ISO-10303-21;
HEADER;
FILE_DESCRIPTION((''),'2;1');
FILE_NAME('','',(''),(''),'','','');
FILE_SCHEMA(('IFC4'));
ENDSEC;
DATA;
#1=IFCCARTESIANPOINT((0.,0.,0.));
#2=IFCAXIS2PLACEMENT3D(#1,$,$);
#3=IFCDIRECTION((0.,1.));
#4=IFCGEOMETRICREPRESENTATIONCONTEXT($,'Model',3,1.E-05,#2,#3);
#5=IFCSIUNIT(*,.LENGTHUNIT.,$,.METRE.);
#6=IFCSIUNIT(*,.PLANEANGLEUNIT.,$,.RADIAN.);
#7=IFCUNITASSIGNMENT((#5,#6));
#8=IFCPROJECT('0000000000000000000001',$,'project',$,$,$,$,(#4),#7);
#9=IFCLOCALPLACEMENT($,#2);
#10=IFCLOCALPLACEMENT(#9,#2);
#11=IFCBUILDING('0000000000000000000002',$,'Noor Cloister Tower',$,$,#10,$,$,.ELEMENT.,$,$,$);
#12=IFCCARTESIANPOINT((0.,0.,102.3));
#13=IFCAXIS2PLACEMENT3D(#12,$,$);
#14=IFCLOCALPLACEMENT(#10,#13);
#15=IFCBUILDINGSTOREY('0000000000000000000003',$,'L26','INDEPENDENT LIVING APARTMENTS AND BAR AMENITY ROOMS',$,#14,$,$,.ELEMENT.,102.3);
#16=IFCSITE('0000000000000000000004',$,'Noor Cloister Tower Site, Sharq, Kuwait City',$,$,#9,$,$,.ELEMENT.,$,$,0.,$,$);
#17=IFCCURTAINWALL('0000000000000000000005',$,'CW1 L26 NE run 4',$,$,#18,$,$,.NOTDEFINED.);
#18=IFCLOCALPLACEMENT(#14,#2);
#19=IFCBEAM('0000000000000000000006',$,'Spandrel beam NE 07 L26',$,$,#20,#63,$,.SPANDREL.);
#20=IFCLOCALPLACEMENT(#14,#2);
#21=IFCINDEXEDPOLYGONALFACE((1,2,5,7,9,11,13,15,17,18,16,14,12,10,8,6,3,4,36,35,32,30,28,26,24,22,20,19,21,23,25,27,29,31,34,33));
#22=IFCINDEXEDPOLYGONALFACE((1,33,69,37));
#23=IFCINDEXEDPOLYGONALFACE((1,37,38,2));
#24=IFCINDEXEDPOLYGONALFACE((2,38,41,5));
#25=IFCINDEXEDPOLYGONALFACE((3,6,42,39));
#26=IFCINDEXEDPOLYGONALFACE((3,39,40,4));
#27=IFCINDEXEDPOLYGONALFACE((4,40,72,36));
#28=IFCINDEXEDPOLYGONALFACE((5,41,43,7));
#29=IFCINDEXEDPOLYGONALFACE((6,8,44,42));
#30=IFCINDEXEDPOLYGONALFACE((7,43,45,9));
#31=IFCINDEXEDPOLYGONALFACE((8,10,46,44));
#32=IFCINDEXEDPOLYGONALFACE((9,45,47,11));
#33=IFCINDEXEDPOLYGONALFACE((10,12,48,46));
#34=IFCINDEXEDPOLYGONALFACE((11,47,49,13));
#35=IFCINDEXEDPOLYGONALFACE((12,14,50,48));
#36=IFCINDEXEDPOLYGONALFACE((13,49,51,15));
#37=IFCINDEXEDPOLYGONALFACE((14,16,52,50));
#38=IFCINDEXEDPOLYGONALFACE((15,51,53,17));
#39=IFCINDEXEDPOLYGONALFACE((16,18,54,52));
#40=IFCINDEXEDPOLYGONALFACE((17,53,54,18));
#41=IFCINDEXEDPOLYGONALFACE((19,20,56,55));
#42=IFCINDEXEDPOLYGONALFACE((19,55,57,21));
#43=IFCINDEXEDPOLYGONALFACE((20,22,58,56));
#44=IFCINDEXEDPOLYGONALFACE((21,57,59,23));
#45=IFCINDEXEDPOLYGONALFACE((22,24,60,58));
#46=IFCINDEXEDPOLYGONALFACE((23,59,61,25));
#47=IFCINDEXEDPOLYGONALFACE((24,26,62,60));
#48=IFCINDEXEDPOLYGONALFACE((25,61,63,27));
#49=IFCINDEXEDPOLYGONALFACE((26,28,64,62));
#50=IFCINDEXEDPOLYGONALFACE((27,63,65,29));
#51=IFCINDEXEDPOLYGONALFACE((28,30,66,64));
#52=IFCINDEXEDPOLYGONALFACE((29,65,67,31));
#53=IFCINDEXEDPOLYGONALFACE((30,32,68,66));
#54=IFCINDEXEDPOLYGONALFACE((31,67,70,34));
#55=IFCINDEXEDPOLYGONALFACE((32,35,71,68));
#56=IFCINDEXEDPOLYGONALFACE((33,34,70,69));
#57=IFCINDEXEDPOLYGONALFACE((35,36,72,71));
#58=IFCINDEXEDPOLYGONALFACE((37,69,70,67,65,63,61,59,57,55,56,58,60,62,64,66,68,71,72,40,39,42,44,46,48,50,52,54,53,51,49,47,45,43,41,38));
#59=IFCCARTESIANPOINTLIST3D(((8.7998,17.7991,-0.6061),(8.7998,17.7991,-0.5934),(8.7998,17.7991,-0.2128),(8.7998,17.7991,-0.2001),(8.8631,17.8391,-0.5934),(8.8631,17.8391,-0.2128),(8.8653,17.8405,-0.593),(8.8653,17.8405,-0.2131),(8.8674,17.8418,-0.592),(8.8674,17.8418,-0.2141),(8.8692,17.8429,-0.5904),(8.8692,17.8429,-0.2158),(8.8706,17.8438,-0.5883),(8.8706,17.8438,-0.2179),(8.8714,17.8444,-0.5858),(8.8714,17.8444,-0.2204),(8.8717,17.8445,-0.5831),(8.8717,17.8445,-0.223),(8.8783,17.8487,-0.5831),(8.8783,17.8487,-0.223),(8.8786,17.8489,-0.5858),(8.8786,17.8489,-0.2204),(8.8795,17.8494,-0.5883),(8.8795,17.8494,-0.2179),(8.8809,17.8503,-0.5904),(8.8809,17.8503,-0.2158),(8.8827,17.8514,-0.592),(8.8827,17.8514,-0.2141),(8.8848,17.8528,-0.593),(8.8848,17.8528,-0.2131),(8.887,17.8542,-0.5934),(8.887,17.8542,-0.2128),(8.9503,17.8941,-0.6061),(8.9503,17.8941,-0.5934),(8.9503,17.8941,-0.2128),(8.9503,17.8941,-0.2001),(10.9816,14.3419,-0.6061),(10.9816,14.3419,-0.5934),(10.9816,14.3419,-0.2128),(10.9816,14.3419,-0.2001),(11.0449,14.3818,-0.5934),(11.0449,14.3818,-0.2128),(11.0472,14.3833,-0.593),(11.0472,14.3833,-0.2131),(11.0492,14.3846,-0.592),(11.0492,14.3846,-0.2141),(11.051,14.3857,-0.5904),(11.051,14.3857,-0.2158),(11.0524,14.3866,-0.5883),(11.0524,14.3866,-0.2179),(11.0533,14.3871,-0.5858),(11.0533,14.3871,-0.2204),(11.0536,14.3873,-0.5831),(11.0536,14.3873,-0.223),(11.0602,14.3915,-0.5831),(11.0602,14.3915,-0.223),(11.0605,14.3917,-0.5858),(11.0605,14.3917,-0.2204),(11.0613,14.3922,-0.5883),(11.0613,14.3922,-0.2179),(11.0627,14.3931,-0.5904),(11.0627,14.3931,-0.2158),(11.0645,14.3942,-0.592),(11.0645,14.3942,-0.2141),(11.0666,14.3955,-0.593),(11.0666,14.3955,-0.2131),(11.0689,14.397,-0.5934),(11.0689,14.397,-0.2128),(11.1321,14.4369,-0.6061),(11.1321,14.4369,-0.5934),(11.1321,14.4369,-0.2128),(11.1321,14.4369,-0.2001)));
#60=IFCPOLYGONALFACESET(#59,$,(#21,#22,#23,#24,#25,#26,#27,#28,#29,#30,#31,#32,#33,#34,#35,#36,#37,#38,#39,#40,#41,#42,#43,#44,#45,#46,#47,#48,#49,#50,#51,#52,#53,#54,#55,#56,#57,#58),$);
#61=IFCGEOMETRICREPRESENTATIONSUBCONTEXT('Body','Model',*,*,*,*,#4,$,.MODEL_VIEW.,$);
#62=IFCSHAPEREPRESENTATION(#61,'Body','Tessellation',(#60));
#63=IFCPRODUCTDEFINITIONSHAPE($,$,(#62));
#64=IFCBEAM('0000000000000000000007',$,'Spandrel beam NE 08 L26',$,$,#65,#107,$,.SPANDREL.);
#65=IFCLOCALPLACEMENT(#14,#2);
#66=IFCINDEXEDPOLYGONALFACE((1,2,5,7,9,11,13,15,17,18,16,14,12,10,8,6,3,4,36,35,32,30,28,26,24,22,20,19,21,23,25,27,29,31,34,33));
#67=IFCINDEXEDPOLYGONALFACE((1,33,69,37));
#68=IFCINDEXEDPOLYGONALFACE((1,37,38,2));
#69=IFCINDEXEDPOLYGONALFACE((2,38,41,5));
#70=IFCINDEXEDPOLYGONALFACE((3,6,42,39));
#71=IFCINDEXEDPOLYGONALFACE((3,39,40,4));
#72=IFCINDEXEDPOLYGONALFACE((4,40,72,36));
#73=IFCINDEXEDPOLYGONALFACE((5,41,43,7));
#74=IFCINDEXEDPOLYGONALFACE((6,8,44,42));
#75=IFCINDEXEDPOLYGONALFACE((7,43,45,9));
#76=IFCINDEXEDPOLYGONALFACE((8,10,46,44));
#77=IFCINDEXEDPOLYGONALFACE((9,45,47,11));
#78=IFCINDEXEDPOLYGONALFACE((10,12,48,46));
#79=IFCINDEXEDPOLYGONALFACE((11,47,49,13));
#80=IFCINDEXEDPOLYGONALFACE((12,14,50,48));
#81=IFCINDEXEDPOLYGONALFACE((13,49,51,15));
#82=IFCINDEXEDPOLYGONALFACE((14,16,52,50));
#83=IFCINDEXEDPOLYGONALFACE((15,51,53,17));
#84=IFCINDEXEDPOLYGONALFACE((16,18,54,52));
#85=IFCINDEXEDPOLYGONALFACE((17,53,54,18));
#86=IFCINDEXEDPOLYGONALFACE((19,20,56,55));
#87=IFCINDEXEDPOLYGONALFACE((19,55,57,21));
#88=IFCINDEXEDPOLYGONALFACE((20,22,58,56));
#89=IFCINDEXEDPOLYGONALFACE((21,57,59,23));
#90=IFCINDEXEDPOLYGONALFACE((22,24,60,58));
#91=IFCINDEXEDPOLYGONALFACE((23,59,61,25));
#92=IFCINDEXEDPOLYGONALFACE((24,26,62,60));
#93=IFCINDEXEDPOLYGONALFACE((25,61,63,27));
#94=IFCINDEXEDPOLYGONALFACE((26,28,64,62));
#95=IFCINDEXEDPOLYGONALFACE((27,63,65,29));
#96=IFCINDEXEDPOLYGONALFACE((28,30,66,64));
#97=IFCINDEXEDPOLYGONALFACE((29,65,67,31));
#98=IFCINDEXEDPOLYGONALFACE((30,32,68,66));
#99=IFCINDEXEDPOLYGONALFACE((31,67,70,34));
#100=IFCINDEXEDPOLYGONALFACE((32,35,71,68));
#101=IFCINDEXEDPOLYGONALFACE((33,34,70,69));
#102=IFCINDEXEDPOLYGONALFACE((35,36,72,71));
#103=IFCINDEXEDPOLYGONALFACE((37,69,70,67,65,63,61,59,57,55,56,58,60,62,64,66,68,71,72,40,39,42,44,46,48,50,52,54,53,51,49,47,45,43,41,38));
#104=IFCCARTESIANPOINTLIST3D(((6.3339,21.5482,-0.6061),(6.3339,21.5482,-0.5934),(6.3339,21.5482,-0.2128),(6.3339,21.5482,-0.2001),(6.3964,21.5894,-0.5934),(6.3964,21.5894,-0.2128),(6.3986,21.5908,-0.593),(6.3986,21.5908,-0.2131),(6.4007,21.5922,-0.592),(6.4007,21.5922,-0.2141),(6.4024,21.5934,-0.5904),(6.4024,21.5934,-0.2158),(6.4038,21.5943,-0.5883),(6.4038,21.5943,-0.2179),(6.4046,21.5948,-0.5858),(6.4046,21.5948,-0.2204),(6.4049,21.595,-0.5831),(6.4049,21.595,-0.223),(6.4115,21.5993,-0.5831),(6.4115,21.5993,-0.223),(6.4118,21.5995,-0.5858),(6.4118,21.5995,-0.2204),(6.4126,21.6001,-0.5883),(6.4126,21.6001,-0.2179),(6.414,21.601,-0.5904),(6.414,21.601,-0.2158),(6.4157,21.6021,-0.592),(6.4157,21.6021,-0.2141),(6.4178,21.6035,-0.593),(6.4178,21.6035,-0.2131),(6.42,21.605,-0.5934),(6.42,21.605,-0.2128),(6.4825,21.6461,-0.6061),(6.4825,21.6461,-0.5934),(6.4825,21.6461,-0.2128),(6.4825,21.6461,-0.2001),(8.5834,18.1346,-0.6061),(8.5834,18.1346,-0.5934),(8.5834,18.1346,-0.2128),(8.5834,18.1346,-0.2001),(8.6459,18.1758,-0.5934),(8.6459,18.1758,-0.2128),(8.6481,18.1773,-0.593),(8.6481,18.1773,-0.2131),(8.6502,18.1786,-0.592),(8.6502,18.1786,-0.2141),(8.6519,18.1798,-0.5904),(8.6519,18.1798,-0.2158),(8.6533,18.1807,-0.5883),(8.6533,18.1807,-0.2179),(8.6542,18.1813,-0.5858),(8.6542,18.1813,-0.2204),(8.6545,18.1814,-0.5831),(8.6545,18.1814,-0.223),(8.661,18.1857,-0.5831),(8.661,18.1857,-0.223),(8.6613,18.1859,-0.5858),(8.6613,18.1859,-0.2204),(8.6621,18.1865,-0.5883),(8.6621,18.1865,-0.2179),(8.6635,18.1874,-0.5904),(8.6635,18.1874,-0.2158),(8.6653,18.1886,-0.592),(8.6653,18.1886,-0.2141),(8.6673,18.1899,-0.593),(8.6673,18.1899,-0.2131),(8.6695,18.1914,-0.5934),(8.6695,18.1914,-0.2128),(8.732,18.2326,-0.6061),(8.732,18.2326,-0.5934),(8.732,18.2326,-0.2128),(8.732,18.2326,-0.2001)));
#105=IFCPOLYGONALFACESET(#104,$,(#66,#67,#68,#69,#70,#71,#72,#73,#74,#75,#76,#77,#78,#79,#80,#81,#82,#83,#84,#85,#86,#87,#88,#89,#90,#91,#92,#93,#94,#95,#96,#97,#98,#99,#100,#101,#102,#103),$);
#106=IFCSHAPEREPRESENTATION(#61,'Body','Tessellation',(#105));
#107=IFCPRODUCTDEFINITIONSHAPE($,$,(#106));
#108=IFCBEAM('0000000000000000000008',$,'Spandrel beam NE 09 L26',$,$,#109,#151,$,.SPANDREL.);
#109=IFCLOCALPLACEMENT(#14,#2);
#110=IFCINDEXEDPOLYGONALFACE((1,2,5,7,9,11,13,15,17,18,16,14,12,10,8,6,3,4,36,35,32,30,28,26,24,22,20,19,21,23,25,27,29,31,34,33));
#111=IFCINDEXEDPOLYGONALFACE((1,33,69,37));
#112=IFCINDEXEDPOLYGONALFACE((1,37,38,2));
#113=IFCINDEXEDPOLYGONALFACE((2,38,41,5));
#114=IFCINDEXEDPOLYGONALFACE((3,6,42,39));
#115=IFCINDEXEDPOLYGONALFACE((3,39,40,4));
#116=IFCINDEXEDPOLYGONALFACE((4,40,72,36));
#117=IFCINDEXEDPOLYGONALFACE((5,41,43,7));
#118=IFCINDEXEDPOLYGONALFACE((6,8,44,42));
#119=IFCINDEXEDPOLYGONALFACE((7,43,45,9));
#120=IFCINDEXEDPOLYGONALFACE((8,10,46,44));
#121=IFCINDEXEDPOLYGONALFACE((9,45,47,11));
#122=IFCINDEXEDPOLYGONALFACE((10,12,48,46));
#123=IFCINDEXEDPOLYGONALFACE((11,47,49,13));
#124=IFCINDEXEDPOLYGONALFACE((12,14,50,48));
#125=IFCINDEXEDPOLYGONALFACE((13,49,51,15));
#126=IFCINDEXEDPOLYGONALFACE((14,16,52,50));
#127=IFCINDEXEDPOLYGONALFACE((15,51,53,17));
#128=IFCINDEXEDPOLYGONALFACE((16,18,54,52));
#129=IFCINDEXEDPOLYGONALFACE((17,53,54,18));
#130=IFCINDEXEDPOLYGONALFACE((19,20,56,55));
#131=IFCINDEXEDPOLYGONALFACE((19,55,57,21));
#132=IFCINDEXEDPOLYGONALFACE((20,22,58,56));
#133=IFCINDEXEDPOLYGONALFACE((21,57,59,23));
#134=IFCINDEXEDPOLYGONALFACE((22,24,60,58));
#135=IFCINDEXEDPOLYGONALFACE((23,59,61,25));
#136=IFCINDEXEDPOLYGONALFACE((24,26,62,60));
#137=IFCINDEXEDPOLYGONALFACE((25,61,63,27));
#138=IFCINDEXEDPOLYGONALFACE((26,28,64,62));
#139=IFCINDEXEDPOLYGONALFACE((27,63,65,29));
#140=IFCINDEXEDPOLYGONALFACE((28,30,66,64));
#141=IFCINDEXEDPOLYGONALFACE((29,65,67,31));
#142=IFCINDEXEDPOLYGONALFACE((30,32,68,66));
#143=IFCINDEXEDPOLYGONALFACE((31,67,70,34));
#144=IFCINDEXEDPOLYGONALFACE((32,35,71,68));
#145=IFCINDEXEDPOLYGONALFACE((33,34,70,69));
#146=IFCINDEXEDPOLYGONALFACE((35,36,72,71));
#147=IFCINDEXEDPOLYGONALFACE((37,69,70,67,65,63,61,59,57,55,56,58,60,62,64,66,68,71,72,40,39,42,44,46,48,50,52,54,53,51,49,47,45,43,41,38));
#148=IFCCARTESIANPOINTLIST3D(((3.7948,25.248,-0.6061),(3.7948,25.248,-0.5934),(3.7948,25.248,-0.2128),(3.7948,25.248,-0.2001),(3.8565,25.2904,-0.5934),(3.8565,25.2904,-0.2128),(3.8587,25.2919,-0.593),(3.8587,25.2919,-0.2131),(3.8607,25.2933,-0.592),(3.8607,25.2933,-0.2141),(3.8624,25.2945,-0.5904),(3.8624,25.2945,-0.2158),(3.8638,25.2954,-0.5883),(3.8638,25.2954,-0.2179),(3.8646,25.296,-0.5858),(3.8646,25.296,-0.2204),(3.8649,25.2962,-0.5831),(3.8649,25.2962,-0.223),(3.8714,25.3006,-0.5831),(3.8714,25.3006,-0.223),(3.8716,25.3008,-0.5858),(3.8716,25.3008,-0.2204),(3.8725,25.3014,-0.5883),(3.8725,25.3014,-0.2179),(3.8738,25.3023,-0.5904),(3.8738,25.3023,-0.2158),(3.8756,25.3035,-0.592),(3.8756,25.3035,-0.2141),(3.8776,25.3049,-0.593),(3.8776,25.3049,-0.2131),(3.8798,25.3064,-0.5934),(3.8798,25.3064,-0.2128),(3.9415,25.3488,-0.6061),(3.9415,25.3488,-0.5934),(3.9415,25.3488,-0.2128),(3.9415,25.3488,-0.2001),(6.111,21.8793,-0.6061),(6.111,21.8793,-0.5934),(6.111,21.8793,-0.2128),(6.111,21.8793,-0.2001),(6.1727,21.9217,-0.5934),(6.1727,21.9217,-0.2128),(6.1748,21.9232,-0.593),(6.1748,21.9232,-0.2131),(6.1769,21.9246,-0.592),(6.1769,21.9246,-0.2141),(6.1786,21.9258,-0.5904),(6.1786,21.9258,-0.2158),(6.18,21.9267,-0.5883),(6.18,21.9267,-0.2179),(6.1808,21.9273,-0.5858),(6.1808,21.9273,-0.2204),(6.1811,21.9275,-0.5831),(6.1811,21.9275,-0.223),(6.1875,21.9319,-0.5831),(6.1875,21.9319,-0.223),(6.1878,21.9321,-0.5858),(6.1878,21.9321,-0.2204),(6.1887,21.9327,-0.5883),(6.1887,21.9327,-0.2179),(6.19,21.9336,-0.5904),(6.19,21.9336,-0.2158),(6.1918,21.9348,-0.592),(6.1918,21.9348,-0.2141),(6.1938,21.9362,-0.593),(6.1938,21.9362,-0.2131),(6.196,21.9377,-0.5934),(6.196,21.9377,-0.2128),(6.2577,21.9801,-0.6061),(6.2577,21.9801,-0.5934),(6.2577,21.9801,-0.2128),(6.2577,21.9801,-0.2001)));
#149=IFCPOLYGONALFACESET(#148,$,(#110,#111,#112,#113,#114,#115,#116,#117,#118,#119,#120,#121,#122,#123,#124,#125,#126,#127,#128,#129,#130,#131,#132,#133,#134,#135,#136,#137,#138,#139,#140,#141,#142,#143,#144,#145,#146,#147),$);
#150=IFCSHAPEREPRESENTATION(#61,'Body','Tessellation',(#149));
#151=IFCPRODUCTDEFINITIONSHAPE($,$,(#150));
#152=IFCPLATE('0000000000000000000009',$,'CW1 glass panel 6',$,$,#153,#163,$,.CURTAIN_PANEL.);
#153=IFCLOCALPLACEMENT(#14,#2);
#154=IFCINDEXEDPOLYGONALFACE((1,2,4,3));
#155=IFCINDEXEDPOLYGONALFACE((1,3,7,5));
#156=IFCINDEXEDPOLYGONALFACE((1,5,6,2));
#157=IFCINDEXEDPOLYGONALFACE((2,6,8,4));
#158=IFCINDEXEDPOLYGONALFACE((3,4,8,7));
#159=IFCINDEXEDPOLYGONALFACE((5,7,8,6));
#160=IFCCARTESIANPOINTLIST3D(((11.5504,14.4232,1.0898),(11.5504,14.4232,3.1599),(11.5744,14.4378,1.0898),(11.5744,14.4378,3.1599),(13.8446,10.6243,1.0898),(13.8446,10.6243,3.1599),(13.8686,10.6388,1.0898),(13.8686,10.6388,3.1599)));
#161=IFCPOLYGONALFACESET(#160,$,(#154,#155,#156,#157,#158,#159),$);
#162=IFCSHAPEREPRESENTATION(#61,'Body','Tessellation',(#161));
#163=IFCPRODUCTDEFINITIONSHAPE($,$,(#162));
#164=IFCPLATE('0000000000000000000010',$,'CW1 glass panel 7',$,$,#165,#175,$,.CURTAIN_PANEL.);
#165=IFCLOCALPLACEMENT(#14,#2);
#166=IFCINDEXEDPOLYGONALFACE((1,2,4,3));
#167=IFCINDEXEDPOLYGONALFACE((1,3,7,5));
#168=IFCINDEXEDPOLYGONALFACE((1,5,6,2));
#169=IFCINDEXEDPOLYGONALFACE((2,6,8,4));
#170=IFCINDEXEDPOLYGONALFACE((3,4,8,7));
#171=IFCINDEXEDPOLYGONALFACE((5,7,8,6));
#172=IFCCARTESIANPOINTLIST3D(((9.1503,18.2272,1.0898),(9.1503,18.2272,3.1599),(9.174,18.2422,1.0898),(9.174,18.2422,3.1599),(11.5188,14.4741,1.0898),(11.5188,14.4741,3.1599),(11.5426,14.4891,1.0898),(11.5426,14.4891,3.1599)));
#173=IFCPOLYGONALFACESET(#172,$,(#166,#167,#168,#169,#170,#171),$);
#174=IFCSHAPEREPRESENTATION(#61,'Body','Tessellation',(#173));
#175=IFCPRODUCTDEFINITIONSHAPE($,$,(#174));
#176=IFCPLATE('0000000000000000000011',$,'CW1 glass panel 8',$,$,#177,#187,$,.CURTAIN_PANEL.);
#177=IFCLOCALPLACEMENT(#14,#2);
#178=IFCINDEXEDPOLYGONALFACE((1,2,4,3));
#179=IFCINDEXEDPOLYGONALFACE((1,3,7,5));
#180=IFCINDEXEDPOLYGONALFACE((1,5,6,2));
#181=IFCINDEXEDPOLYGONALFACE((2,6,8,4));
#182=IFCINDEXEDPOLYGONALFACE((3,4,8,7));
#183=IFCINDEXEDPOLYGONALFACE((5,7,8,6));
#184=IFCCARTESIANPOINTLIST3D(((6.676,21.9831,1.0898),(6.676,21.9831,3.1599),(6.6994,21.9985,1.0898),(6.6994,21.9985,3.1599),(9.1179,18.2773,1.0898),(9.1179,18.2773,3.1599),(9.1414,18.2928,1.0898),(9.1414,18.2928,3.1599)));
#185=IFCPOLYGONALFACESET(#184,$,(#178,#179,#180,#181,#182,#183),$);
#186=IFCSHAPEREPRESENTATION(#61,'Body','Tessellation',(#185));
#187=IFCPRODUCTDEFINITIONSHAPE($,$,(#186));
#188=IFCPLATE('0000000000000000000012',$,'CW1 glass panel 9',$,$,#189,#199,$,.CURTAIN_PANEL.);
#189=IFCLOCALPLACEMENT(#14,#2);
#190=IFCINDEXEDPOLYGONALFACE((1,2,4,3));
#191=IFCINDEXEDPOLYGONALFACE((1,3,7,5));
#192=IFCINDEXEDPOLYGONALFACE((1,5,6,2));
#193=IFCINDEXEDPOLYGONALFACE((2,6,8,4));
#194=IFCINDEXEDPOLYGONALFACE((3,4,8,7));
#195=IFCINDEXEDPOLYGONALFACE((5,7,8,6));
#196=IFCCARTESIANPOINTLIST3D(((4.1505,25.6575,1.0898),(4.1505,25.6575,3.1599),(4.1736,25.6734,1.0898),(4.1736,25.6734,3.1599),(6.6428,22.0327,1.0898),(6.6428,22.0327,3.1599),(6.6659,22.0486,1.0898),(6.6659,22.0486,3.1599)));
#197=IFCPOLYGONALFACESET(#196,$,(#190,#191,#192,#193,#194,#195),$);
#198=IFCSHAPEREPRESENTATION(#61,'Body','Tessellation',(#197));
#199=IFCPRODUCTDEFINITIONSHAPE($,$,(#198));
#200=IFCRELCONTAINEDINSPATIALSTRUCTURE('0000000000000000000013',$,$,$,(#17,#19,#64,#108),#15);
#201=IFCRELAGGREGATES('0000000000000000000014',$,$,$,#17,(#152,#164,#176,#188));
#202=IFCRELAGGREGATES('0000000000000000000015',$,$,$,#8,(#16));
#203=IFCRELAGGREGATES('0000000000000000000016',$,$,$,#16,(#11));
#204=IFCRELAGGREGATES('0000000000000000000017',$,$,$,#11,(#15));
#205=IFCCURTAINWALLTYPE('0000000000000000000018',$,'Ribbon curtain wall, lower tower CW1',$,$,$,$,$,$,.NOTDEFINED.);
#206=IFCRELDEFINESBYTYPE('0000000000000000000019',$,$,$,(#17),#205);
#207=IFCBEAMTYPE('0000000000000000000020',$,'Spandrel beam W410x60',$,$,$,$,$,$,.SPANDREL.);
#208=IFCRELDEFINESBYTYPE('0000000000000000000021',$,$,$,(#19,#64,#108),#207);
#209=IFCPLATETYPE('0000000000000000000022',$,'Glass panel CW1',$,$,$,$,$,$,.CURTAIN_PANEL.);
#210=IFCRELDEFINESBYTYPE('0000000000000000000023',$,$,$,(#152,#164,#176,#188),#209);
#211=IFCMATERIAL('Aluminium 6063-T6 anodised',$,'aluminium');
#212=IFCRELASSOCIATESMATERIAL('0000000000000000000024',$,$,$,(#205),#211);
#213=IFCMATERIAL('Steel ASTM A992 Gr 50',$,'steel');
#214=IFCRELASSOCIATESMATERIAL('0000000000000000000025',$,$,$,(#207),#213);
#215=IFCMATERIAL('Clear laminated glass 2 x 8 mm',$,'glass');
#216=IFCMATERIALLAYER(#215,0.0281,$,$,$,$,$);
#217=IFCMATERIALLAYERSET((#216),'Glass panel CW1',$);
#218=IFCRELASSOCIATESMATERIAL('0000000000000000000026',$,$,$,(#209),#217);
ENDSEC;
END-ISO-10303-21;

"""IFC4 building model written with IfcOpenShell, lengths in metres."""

from ifc_helpers import new_model, si_unit, direction, frame, origin, origin_2d, place, context, subcontext, project, spatial, rectangle, i_section, extrude, material, layer, layer_set, material_profile, profile_set, type_object, element, aggregate, save


model = new_model("IFC4")

# Units and contexts
model_context = context("Model", 3, precision=1e-05, world=origin(), true_north=direction((0.0, 1.0)))
body_context = subcontext(model_context, "Body", "Model", "MODEL_VIEW")
ifc_project = project(units=[si_unit("LENGTHUNIT", "METRE"), si_unit("PLANEANGLEUNIT", "RADIAN")], contexts=[model_context])

# Site, building, storey
site_placement = place(None, origin())
site = spatial("IfcSite", under=ifc_project, at=site_placement, Name="Noor Cloister Tower Site, Sharq, Kuwait City", CompositionType="ELEMENT", RefElevation=0.0)
building_placement = place(site_placement, origin())
building = spatial("IfcBuilding", under=site, at=building_placement, Name="Noor Cloister Tower", CompositionType="ELEMENT")
storey_placement = place(building_placement, frame((0.0, 0.0, 102.3)))
storey = spatial("IfcBuildingStorey", under=building, at=storey_placement, Name="L26", Description="INDEPENDENT LIVING APARTMENTS AND BAR AMENITY ROOMS", CompositionType="ELEMENT", Elevation=102.3)

# Curtain wall
ifc_material_1 = material(Name="Aluminium 6063-T6 anodised", Category="aluminium")
curtain_wall_type = type_object("IfcCurtainWallType", Name="Ribbon curtain wall, lower tower CW1", PredefinedType="NOTDEFINED", material=ifc_material_1)
curtain_wall_placement = place(storey_placement, origin())
curtain_wall = element("IfcCurtainWall", 1, at=curtain_wall_placement, inside=storey, type_object=curtain_wall_type, Name="CW1 L26 NE run 4", PredefinedType="NOTDEFINED")

# Beams
ifc_material_2 = material(Name="Steel ASTM A992 Gr 50", Category="steel")
ifc_material_profile_1 = material_profile(ifc_material_2, i_section(OverallWidth=0.178, OverallDepth=0.406, WebThickness=0.0078, FlangeThickness=0.0127, FilletRadius=0.0103, at=origin_2d()), Name="W410x60")
ifc_profile_set_1 = profile_set([ifc_material_profile_1], Name="Steel ASTM A992 Gr 50")
beam_type_1 = type_object("IfcBeamType", Name="Spandrel beam W410x60", PredefinedType="SPANDREL", material=ifc_profile_set_1)
for number, where, z_axis, x_axis, name in (
    (2, (11.0569, 14.3894, -0.4031), (-0.533703, 0.845672, 0.0), (-0.845672, -0.533703, 0.0), "Spandrel beam NE 07 L26"),
    (3, (8.6577, 18.1836, -0.4031), (-0.550255, 0.834997, 0.0), (-0.834997, -0.550255, 0.0), "Spandrel beam NE 08 L26"),
    (4, (6.1843, 21.9297, -0.4031), (-0.566564, 0.824018, 0.0), (-0.824018, -0.566564, 0.0), "Spandrel beam NE 09 L26"),
):
    element("IfcBeam", number, at=place(storey_placement, frame(where, z_axis=z_axis, x_axis=x_axis)), inside=storey, type_object=beam_type_1, Name=name, PredefinedType="SPANDREL", context=body_context, shape_type="SweptSolid", body=[
        extrude(i_section(OverallWidth=0.178, OverallDepth=0.406, WebThickness=0.0078, FlangeThickness=0.0127, FilletRadius=0.0103, at=origin_2d()), origin(), (0.0, 0.0, 1.0), 4.0881),
    ])

# Plates
ifc_material_3 = material(Name="Clear laminated glass 2 x 8 mm", Category="glass")
ifc_layer_1 = layer(ifc_material_3, 0.0281)
ifc_layer_set_1 = layer_set([ifc_layer_1], Name="Glass panel CW1")
plate_type = type_object("IfcPlateType", Name="Glass panel CW1", PredefinedType="CURTAIN_PANEL", material=ifc_layer_set_1)
plate_1_placement = place(storey_placement, frame((12.7095, 12.531, 1.0898), z_axis=(0.0, 0.0, 1.0), x_axis=(-0.516948, 0.856017, 0.0)))
plate_1 = element("IfcPlate", 5, at=plate_1_placement, type_object=plate_type, Name="CW1 glass panel 6", PredefinedType="CURTAIN_PANEL", context=body_context, shape_type="SweptSolid", body=[
    extrude(rectangle(XDim=4.438, YDim=0.0281, at=origin_2d()), origin(), (0.0, 0.0, 1.0), 2.0701),
])
plate_2_placement = place(storey_placement, frame((10.3464, 16.3582, 1.0898), z_axis=(0.0, 0.0, 1.0), x_axis=(-0.533696, 0.845676, 0.0)))
plate_2 = element("IfcPlate", 6, at=plate_2_placement, type_object=plate_type, Name="CW1 glass panel 7", PredefinedType="CURTAIN_PANEL", context=body_context, shape_type="SweptSolid", body=[
    extrude(rectangle(XDim=4.438, YDim=0.0281, at=origin_2d()), origin(), (0.0, 0.0, 1.0), 2.0701),
])
plate_3_placement = place(storey_placement, frame((7.9087, 20.1379, 1.0898), z_axis=(0.0, 0.0, 1.0), x_axis=(-0.550237, 0.835008, 0.0)))
plate_3 = element("IfcPlate", 7, at=plate_3_placement, type_object=plate_type, Name="CW1 glass panel 8", PredefinedType="CURTAIN_PANEL", context=body_context, shape_type="SweptSolid", body=[
    extrude(rectangle(XDim=4.438, YDim=0.0281, at=origin_2d()), origin(), (0.0, 0.0, 1.0), 2.0701),
])
plate_4_placement = place(storey_placement, frame((5.4082, 23.853, 1.0898), z_axis=(0.0, 0.0, 1.0), x_axis=(-0.566566, 0.824017, 0.0)))
plate_4 = element("IfcPlate", 8, at=plate_4_placement, type_object=plate_type, Name="CW1 glass panel 9", PredefinedType="CURTAIN_PANEL", context=body_context, shape_type="SweptSolid", body=[
    extrude(rectangle(XDim=4.3989, YDim=0.0281, at=origin_2d()), origin(), (0.0, 0.0, 1.0), 2.0701),
])
aggregate(curtain_wall, [plate_1, plate_2, plate_3, plate_4])

save(model, "model.ifc")
